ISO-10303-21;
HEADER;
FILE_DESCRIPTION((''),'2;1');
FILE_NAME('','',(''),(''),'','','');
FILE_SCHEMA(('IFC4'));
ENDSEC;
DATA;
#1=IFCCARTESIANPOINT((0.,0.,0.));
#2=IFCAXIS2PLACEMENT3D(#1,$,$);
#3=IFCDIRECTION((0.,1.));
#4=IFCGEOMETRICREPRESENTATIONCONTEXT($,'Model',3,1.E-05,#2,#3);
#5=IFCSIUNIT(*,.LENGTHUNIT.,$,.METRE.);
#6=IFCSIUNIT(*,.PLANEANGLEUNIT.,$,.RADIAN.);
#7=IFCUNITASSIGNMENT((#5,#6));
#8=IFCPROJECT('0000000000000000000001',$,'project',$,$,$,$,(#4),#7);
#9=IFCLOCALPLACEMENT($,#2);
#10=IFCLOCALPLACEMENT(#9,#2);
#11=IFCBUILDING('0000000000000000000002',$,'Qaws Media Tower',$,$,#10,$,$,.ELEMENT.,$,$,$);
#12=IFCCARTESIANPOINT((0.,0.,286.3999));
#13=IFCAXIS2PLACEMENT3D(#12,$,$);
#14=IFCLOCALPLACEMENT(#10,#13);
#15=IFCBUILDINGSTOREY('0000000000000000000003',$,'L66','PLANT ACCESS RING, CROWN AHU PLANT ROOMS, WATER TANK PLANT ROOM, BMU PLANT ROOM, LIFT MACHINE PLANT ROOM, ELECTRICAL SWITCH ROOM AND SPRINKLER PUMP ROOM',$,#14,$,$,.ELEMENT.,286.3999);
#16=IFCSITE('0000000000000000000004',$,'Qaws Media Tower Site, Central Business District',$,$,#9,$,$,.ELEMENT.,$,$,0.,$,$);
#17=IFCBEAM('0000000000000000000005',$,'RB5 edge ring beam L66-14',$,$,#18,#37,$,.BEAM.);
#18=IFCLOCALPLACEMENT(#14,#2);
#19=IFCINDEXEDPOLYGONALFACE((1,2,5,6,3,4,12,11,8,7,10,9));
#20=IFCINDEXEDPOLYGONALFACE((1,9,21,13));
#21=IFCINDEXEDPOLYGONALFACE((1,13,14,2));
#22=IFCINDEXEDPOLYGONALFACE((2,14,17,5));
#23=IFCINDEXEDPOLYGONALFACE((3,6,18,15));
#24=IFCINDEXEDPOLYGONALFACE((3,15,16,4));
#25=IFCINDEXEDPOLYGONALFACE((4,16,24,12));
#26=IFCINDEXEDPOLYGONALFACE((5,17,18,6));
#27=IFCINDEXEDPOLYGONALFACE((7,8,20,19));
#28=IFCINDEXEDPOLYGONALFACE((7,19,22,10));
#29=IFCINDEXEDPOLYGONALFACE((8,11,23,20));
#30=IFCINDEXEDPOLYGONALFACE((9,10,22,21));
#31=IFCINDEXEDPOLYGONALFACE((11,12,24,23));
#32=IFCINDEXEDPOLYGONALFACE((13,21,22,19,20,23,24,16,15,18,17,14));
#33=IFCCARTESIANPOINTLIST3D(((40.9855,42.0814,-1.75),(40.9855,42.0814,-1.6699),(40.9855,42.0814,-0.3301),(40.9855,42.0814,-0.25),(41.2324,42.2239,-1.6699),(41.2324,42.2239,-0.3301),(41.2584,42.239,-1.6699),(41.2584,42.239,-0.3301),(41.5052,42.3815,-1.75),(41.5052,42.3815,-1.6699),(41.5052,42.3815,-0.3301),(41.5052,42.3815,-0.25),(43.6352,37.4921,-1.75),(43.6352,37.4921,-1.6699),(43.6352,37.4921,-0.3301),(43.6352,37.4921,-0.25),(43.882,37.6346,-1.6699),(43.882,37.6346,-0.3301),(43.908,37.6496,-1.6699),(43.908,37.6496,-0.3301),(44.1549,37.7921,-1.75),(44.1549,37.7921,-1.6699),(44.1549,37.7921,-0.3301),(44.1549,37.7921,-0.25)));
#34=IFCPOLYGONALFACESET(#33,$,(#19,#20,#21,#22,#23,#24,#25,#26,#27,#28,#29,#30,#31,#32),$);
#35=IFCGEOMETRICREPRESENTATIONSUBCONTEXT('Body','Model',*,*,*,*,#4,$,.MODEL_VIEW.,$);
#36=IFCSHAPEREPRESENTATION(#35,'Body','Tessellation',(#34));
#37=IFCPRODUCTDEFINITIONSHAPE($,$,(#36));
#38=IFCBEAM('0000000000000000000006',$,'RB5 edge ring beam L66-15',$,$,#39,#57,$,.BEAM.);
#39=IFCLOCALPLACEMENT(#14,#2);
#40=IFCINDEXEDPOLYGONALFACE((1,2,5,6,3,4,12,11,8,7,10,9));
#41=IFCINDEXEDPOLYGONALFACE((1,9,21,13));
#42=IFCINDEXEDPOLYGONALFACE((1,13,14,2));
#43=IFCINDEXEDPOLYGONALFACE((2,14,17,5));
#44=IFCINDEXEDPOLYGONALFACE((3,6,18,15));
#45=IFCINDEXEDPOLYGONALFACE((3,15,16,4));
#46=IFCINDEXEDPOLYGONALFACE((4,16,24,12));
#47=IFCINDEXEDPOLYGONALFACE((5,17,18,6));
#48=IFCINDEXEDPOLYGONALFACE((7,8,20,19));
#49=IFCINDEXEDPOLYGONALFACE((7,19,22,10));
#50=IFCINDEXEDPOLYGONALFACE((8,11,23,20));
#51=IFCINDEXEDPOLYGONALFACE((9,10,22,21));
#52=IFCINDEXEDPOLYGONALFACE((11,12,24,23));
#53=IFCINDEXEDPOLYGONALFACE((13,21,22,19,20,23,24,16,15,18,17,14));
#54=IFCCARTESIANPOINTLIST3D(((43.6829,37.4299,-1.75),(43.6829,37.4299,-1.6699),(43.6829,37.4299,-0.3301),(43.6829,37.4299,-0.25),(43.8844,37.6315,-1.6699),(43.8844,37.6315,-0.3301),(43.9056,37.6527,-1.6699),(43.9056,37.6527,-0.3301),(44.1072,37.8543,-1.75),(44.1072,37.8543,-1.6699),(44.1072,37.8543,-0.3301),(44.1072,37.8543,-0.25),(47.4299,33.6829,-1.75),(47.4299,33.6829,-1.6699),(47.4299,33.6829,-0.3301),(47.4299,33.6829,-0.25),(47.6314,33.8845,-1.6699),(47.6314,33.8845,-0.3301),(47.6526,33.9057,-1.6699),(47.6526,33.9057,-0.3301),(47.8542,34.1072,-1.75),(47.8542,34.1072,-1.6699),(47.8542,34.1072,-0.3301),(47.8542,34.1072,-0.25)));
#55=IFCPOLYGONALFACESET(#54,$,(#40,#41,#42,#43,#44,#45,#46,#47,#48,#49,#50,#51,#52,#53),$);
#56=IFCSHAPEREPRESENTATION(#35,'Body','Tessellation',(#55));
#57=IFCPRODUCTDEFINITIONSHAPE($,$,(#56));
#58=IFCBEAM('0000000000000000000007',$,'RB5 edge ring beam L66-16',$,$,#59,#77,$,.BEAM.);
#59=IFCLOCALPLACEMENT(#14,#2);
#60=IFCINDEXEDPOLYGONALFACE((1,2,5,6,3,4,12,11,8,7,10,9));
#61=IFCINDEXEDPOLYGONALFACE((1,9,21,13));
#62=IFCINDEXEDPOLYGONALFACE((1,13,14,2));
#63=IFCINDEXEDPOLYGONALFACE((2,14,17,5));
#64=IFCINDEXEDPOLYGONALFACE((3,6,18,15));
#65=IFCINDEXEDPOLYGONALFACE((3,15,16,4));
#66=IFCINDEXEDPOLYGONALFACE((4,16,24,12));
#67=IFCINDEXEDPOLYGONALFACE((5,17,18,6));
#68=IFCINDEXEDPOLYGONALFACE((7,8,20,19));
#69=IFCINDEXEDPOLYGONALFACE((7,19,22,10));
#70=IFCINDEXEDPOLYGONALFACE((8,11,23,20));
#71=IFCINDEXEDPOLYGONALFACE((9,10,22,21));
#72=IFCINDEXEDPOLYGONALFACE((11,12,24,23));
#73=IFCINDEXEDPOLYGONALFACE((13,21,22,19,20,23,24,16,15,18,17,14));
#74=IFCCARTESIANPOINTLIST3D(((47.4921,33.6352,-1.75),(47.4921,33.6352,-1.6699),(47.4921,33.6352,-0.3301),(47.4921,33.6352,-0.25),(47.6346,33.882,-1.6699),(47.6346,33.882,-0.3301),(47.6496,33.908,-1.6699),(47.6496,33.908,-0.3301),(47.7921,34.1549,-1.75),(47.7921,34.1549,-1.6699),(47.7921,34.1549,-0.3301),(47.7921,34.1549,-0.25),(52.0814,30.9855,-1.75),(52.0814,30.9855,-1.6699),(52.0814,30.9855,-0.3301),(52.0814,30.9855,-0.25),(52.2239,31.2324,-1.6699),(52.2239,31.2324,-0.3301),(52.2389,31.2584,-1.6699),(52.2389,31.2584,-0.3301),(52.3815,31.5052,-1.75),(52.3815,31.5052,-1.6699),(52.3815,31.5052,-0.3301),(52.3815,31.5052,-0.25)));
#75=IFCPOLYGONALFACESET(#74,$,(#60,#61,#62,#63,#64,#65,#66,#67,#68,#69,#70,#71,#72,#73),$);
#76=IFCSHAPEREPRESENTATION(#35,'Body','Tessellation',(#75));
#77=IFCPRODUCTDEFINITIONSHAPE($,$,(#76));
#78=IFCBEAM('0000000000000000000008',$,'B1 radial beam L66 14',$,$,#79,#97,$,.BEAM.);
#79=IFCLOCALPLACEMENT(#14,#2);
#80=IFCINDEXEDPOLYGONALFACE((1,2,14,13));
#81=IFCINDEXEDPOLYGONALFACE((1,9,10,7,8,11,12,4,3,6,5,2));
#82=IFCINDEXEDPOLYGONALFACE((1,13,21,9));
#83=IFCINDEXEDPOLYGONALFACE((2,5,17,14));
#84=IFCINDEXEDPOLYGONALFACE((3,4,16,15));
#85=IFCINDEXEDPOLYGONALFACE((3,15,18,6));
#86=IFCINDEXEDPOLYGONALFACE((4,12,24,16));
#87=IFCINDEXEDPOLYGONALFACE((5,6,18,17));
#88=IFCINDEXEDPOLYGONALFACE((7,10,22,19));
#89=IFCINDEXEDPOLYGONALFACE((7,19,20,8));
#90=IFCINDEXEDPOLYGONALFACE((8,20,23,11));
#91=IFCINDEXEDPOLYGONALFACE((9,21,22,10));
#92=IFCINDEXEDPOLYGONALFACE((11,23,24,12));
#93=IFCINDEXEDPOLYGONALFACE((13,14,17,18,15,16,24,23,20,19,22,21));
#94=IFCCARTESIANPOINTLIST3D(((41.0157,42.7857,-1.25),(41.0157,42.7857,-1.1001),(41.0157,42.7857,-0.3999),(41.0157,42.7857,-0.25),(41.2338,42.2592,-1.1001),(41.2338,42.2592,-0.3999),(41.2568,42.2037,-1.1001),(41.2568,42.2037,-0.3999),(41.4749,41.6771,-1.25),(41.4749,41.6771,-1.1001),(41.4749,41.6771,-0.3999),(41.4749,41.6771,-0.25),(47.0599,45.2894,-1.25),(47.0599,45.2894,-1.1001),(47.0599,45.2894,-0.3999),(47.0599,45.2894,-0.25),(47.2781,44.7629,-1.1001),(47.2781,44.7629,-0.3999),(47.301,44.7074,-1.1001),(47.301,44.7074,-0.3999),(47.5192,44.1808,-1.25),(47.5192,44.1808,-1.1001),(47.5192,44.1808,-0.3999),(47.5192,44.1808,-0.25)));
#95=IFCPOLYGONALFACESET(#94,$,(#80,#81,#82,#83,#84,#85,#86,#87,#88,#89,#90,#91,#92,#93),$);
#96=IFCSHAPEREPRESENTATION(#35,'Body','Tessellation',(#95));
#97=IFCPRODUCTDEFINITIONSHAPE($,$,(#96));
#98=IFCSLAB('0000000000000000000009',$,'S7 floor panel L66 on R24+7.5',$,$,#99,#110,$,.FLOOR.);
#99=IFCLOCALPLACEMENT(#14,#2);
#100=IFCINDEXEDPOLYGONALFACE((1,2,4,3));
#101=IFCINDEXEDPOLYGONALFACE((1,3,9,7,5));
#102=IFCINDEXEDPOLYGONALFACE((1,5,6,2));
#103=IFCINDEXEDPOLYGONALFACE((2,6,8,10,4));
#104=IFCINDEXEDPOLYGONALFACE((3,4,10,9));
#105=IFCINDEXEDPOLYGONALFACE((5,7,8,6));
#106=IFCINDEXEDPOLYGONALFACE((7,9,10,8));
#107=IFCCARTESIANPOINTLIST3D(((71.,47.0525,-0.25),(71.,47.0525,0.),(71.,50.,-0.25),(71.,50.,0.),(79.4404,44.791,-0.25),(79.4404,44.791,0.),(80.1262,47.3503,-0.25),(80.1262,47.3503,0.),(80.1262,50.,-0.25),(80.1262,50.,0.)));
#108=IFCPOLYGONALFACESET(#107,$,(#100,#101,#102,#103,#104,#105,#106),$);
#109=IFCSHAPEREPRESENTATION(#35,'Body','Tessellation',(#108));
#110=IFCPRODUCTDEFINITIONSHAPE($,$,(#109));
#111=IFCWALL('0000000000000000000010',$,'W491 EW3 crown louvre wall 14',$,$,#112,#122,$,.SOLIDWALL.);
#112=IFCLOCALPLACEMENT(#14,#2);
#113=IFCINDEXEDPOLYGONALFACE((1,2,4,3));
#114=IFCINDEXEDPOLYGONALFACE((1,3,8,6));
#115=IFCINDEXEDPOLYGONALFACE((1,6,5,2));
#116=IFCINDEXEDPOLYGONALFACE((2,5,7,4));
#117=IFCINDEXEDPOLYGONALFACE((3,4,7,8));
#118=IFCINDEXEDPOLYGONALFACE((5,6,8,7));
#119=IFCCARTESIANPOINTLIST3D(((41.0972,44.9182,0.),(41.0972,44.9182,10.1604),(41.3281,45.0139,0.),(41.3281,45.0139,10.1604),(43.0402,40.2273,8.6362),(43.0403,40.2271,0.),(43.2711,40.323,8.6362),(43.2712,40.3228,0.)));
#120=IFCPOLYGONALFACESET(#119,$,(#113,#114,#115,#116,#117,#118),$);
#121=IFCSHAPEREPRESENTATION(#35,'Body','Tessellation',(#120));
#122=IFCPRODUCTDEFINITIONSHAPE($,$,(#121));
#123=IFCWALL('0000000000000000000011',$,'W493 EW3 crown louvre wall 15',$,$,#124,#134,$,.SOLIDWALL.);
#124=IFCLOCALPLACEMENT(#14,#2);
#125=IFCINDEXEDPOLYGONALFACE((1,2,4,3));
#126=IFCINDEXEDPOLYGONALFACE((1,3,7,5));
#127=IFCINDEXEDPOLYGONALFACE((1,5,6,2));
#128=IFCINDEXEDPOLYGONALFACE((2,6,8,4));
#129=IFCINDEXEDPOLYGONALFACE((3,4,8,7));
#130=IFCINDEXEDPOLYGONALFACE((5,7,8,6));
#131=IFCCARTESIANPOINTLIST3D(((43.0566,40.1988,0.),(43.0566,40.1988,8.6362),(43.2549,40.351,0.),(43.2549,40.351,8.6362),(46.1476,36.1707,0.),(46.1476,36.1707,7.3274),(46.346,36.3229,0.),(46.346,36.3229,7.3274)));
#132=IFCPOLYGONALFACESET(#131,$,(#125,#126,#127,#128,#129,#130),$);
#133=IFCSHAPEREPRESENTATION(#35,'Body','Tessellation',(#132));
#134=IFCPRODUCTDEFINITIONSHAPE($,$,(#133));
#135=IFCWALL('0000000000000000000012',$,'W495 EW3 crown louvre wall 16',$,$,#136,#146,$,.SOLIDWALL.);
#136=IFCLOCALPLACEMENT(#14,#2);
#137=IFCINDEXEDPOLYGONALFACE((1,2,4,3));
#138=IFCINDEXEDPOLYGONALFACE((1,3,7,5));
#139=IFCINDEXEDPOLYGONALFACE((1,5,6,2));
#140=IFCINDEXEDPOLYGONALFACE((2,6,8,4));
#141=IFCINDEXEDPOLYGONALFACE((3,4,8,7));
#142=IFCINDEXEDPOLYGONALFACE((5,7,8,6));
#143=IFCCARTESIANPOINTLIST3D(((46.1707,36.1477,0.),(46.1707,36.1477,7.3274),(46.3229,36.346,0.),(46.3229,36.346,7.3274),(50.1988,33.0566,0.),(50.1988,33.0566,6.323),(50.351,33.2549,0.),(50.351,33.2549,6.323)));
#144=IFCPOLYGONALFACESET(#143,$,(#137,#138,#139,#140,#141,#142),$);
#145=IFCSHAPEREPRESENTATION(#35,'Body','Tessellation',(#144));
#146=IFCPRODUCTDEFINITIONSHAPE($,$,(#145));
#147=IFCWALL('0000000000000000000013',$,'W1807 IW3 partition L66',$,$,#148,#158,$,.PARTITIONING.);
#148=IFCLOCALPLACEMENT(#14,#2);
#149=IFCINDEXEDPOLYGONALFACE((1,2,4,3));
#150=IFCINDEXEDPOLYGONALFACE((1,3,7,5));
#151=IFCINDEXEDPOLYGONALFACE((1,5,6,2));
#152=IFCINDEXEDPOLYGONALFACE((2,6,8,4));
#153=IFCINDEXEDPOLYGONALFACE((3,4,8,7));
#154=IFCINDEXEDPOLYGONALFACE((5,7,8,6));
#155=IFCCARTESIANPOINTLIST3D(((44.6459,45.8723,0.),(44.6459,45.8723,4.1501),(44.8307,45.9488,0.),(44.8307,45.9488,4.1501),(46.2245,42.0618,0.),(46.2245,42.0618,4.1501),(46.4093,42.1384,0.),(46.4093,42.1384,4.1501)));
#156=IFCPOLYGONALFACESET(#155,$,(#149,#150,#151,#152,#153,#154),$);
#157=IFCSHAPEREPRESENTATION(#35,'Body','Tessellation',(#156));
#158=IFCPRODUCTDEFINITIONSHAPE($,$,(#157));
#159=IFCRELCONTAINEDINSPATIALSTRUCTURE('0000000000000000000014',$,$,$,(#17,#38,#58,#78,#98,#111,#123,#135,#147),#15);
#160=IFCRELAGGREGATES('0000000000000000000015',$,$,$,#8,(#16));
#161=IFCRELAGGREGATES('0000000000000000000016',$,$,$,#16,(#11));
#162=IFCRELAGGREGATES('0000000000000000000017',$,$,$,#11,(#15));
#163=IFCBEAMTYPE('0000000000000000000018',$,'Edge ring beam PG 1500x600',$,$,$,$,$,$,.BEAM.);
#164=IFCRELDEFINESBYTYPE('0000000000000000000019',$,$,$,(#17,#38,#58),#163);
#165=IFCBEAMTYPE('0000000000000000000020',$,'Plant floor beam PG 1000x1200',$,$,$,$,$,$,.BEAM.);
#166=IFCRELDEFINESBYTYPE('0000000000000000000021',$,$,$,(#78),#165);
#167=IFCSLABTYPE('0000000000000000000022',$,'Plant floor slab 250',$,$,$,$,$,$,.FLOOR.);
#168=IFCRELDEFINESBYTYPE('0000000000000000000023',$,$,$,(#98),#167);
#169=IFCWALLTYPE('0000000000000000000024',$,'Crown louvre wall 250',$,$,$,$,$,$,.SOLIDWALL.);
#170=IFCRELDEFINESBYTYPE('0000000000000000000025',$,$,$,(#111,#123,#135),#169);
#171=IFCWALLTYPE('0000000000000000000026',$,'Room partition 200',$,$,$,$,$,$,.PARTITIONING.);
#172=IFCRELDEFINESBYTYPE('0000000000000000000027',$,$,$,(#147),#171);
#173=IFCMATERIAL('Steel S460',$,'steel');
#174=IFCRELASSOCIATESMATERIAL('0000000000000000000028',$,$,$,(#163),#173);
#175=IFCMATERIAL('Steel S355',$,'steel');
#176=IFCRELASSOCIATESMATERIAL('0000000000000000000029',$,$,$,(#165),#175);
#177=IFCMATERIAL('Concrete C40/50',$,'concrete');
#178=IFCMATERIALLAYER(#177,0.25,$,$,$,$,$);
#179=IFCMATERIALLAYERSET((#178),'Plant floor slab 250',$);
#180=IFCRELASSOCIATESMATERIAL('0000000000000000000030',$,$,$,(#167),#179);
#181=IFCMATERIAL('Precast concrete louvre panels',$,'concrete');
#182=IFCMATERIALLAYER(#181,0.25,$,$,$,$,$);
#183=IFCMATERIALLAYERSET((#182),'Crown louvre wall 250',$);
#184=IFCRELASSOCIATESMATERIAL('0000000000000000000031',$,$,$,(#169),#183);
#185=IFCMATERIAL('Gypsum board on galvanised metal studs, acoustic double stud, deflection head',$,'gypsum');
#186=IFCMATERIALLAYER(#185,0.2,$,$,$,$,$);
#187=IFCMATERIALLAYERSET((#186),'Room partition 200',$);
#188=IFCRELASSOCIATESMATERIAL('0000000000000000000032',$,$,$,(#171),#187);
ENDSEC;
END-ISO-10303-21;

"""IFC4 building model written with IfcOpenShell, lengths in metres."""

from ifc_helpers import new_model, si_unit, direction, frame, frame_2d, origin, origin_2d, place, context, subcontext, project, spatial, polyline, rectangle, i_section, outline, extrude, material, layer, layer_set, material_profile, profile_set, type_object, element, save


model = new_model("IFC4")

# Units and contexts
model_context = context("Model", 3, precision=1e-05, world=origin(), true_north=direction((0.0, 1.0)))
body_context = subcontext(model_context, "Body", "Model", "MODEL_VIEW")
ifc_project = project(units=[si_unit("LENGTHUNIT", "METRE"), si_unit("PLANEANGLEUNIT", "RADIAN")], contexts=[model_context])

# Site, building, storey
site_placement = place(None, origin())
site = spatial("IfcSite", under=ifc_project, at=site_placement, Name="Qaws Media Tower Site, Central Business District", CompositionType="ELEMENT", RefElevation=0.0)
building_placement = place(site_placement, origin())
building = spatial("IfcBuilding", under=site, at=building_placement, Name="Qaws Media Tower", CompositionType="ELEMENT")
storey_placement = place(building_placement, frame((0.0, 0.0, 286.3999)))
storey = spatial("IfcBuildingStorey", under=building, at=storey_placement, Name="L66", Description="PLANT ACCESS RING, CROWN AHU PLANT ROOMS, WATER TANK PLANT ROOM, BMU PLANT ROOM, LIFT MACHINE PLANT ROOM, ELECTRICAL SWITCH ROOM AND SPRINKLER PUMP ROOM", CompositionType="ELEMENT", Elevation=286.3999)

# Beams
ifc_material_1 = material(Name="Steel S460", Category="steel")
ifc_material_profile_1 = material_profile(ifc_material_1, i_section(OverallWidth=0.6001, OverallDepth=1.5, WebThickness=0.03, FlangeThickness=0.0801, at=origin_2d()), Name="PG 1500x600")
ifc_profile_set_1 = profile_set([ifc_material_profile_1], Name="Steel S460")
beam_type_1 = type_object("IfcBeamType", Name="Edge ring beam PG 1500x600", PredefinedType="BEAM", material=ifc_profile_set_1)
beam_1_placement = place(storey_placement, frame((41.2454, 42.2314, -1.0), z_axis=(0.499999, -0.866026, 0.0), x_axis=(0.866026, 0.499999, 0.0)))
element("IfcBeam", 1, at=beam_1_placement, inside=storey, type_object=beam_type_1, Name="RB5 edge ring beam L66-14", PredefinedType="BEAM", context=body_context, shape_type="SweptSolid", body=[
    extrude(i_section(OverallWidth=0.6001, OverallDepth=1.5, WebThickness=0.03, FlangeThickness=0.0801, at=origin_2d()), origin(), (0.0, 0.0, 1.0), 5.2993),
])
beam_2_placement = place(storey_placement, frame((43.895, 37.6421, -1.0), z_axis=(0.707107, -0.707107, 0.0), x_axis=(0.707107, 0.707107, 0.0)))
element("IfcBeam", 2, at=beam_2_placement, inside=storey, type_object=beam_type_1, Name="RB5 edge ring beam L66-15", PredefinedType="BEAM", context=body_context, shape_type="SweptSolid", body=[
    extrude(i_section(OverallWidth=0.6001, OverallDepth=1.5, WebThickness=0.03, FlangeThickness=0.0801, at=origin_2d()), origin(), (0.0, 0.0, 1.0), 5.2991),
])
beam_3_placement = place(storey_placement, frame((47.6421, 33.895, -1.0), z_axis=(0.866026, -0.499999, 0.0), x_axis=(0.499999, 0.866026, 0.0)))
element("IfcBeam", 3, at=beam_3_placement, inside=storey, type_object=beam_type_1, Name="RB5 edge ring beam L66-16", PredefinedType="BEAM", context=body_context, shape_type="SweptSolid", body=[
    extrude(i_section(OverallWidth=0.6001, OverallDepth=1.5, WebThickness=0.03, FlangeThickness=0.0801, at=origin_2d()), origin(), (0.0, 0.0, 1.0), 5.2993),
])
ifc_material_2 = material(Name="Steel S355", Category="steel")
ifc_material_profile_2 = material_profile(ifc_material_2, i_section(OverallWidth=1.2, OverallDepth=1.0, WebThickness=0.0601, FlangeThickness=0.1499, at=origin_2d()), Name="PG 1000x1200")
ifc_profile_set_2 = profile_set([ifc_material_profile_2], Name="Steel S355")
beam_type_2 = type_object("IfcBeamType", Name="Plant floor beam PG 1000x1200", PredefinedType="BEAM", material=ifc_profile_set_2)
beam_4_placement = place(storey_placement, frame((47.2896, 44.7351, -0.75), z_axis=(-0.923875, -0.382693, 0.0), x_axis=(0.382693, -0.923875, 0.0)))
element("IfcBeam", 4, at=beam_4_placement, inside=storey, type_object=beam_type_2, Name="B1 radial beam L66 14", PredefinedType="BEAM", context=body_context, shape_type="SweptSolid", body=[
    extrude(i_section(OverallWidth=1.2, OverallDepth=1.0, WebThickness=0.0601, FlangeThickness=0.1499, at=origin_2d()), origin(), (0.0, 0.0, 1.0), 6.5422),
])

# Slab
ifc_material_3 = material(Name="Concrete C40/50", Category="concrete")
ifc_layer_1 = layer(ifc_material_3, 0.25)
ifc_layer_set_1 = layer_set([ifc_layer_1], Name="Plant floor slab 250")
slab_type = type_object("IfcSlabType", Name="Plant floor slab 250", PredefinedType="FLOOR", material=ifc_layer_set_1)
slab_placement = place(storey_placement, frame((0.0, 0.0, -0.25)))
element("IfcSlab", 5, at=slab_placement, inside=storey, type_object=slab_type, Name="S7 floor panel L66 on R24+7.5", PredefinedType="FLOOR", context=body_context, shape_type="SweptSolid", body=[
    extrude(outline(polyline([(79.4404, 44.791), (71.0, 47.0525), (71.0, 50.0), (80.1262, 50.0), (80.1262, 47.3503), (79.4404, 44.791)])), origin(), (0.0, 0.0, 1.0), 0.25),
])

# Walls
ifc_material_4 = material(Name="Precast concrete louvre panels", Category="concrete")
ifc_layer_2 = layer(ifc_material_4, 0.25)
ifc_layer_set_2 = layer_set([ifc_layer_2], Name="Crown louvre wall 250")
wall_type_1 = type_object("IfcWallType", Name="Crown louvre wall 250", PredefinedType="SOLIDWALL", material=ifc_layer_set_2)
wall_1_placement = place(storey_placement, frame((41.2126, 44.9661, 0.0), z_axis=(0.0, 0.0, 1.0), x_axis=(0.382679, -0.923881, 0.0)))
element("IfcWall", 6, at=wall_1_placement, inside=storey, type_object=wall_type_1, Name="W491 EW3 crown louvre wall 14", PredefinedType="SOLIDWALL", context=body_context, shape_type="SweptSolid", body=[
    extrude(outline(polyline([(0.0, 0.0), (5.0776, 0.0), (5.0774, 8.6362), (0.0, 10.1604), (0.0, 0.0)])), frame((0.0, 0.125, 0.0), z_axis=(0.0, -1.0, 0.0), x_axis=(1.0, 0.0, 0.0)), (0.0, 0.0, 1.0), 0.25),
])
wall_2_placement = place(storey_placement, frame((43.1558, 40.2749, 0.0), z_axis=(0.0, 0.0, 1.0), x_axis=(0.608788, -0.793333, 0.0)))
element("IfcWall", 7, at=wall_2_placement, inside=storey, type_object=wall_type_1, Name="W493 EW3 crown louvre wall 15", PredefinedType="SOLIDWALL", context=body_context, shape_type="SweptSolid", body=[
    extrude(outline(polyline([(0.0, 0.0), (5.0774, 0.0), (5.0774, 7.3274), (0.0, 8.6362), (0.0, 0.0)])), frame((0.0, 0.125, 0.0), z_axis=(0.0, -1.0, 0.0), x_axis=(1.0, 0.0, 0.0)), (0.0, 0.0, 1.0), 0.25),
])
wall_3_placement = place(storey_placement, frame((46.2468, 36.2468, 0.0), z_axis=(0.0, 0.0, 1.0), x_axis=(0.793333, -0.608788, 0.0)))
element("IfcWall", 8, at=wall_3_placement, inside=storey, type_object=wall_type_1, Name="W495 EW3 crown louvre wall 16", PredefinedType="SOLIDWALL", context=body_context, shape_type="SweptSolid", body=[
    extrude(outline(polyline([(0.0, 0.0), (5.0774, 0.0), (5.0774, 6.323), (0.0, 7.3274), (0.0, 0.0)])), frame((0.0, 0.125, 0.0), z_axis=(0.0, -1.0, 0.0), x_axis=(1.0, 0.0, 0.0)), (0.0, 0.0, 1.0), 0.25),
])
ifc_material_5 = material(Name="Gypsum board on galvanised metal studs, acoustic double stud, deflection head", Category="gypsum")
ifc_layer_3 = layer(ifc_material_5, 0.2)
ifc_layer_set_3 = layer_set([ifc_layer_3], Name="Room partition 200")
wall_type_2 = type_object("IfcWallType", Name="Room partition 200", PredefinedType="PARTITIONING", material=ifc_layer_set_3)
wall_4_placement = place(storey_placement, frame((46.3169, 42.1001, 0.0), z_axis=(0.0, 0.0, 1.0), x_axis=(-0.382732, 0.92386, 0.0)))
element("IfcWall", 9, at=wall_4_placement, inside=storey, type_object=wall_type_2, Name="W1807 IW3 partition L66", PredefinedType="PARTITIONING", context=body_context, shape_type="SweptSolid", body=[
    extrude(rectangle(XDim=4.1245, YDim=0.2, at=frame_2d((2.0623, 0.0))), origin(), (0.0, 0.0, 1.0), 4.1501),
])

save(model, "model.ifc")
